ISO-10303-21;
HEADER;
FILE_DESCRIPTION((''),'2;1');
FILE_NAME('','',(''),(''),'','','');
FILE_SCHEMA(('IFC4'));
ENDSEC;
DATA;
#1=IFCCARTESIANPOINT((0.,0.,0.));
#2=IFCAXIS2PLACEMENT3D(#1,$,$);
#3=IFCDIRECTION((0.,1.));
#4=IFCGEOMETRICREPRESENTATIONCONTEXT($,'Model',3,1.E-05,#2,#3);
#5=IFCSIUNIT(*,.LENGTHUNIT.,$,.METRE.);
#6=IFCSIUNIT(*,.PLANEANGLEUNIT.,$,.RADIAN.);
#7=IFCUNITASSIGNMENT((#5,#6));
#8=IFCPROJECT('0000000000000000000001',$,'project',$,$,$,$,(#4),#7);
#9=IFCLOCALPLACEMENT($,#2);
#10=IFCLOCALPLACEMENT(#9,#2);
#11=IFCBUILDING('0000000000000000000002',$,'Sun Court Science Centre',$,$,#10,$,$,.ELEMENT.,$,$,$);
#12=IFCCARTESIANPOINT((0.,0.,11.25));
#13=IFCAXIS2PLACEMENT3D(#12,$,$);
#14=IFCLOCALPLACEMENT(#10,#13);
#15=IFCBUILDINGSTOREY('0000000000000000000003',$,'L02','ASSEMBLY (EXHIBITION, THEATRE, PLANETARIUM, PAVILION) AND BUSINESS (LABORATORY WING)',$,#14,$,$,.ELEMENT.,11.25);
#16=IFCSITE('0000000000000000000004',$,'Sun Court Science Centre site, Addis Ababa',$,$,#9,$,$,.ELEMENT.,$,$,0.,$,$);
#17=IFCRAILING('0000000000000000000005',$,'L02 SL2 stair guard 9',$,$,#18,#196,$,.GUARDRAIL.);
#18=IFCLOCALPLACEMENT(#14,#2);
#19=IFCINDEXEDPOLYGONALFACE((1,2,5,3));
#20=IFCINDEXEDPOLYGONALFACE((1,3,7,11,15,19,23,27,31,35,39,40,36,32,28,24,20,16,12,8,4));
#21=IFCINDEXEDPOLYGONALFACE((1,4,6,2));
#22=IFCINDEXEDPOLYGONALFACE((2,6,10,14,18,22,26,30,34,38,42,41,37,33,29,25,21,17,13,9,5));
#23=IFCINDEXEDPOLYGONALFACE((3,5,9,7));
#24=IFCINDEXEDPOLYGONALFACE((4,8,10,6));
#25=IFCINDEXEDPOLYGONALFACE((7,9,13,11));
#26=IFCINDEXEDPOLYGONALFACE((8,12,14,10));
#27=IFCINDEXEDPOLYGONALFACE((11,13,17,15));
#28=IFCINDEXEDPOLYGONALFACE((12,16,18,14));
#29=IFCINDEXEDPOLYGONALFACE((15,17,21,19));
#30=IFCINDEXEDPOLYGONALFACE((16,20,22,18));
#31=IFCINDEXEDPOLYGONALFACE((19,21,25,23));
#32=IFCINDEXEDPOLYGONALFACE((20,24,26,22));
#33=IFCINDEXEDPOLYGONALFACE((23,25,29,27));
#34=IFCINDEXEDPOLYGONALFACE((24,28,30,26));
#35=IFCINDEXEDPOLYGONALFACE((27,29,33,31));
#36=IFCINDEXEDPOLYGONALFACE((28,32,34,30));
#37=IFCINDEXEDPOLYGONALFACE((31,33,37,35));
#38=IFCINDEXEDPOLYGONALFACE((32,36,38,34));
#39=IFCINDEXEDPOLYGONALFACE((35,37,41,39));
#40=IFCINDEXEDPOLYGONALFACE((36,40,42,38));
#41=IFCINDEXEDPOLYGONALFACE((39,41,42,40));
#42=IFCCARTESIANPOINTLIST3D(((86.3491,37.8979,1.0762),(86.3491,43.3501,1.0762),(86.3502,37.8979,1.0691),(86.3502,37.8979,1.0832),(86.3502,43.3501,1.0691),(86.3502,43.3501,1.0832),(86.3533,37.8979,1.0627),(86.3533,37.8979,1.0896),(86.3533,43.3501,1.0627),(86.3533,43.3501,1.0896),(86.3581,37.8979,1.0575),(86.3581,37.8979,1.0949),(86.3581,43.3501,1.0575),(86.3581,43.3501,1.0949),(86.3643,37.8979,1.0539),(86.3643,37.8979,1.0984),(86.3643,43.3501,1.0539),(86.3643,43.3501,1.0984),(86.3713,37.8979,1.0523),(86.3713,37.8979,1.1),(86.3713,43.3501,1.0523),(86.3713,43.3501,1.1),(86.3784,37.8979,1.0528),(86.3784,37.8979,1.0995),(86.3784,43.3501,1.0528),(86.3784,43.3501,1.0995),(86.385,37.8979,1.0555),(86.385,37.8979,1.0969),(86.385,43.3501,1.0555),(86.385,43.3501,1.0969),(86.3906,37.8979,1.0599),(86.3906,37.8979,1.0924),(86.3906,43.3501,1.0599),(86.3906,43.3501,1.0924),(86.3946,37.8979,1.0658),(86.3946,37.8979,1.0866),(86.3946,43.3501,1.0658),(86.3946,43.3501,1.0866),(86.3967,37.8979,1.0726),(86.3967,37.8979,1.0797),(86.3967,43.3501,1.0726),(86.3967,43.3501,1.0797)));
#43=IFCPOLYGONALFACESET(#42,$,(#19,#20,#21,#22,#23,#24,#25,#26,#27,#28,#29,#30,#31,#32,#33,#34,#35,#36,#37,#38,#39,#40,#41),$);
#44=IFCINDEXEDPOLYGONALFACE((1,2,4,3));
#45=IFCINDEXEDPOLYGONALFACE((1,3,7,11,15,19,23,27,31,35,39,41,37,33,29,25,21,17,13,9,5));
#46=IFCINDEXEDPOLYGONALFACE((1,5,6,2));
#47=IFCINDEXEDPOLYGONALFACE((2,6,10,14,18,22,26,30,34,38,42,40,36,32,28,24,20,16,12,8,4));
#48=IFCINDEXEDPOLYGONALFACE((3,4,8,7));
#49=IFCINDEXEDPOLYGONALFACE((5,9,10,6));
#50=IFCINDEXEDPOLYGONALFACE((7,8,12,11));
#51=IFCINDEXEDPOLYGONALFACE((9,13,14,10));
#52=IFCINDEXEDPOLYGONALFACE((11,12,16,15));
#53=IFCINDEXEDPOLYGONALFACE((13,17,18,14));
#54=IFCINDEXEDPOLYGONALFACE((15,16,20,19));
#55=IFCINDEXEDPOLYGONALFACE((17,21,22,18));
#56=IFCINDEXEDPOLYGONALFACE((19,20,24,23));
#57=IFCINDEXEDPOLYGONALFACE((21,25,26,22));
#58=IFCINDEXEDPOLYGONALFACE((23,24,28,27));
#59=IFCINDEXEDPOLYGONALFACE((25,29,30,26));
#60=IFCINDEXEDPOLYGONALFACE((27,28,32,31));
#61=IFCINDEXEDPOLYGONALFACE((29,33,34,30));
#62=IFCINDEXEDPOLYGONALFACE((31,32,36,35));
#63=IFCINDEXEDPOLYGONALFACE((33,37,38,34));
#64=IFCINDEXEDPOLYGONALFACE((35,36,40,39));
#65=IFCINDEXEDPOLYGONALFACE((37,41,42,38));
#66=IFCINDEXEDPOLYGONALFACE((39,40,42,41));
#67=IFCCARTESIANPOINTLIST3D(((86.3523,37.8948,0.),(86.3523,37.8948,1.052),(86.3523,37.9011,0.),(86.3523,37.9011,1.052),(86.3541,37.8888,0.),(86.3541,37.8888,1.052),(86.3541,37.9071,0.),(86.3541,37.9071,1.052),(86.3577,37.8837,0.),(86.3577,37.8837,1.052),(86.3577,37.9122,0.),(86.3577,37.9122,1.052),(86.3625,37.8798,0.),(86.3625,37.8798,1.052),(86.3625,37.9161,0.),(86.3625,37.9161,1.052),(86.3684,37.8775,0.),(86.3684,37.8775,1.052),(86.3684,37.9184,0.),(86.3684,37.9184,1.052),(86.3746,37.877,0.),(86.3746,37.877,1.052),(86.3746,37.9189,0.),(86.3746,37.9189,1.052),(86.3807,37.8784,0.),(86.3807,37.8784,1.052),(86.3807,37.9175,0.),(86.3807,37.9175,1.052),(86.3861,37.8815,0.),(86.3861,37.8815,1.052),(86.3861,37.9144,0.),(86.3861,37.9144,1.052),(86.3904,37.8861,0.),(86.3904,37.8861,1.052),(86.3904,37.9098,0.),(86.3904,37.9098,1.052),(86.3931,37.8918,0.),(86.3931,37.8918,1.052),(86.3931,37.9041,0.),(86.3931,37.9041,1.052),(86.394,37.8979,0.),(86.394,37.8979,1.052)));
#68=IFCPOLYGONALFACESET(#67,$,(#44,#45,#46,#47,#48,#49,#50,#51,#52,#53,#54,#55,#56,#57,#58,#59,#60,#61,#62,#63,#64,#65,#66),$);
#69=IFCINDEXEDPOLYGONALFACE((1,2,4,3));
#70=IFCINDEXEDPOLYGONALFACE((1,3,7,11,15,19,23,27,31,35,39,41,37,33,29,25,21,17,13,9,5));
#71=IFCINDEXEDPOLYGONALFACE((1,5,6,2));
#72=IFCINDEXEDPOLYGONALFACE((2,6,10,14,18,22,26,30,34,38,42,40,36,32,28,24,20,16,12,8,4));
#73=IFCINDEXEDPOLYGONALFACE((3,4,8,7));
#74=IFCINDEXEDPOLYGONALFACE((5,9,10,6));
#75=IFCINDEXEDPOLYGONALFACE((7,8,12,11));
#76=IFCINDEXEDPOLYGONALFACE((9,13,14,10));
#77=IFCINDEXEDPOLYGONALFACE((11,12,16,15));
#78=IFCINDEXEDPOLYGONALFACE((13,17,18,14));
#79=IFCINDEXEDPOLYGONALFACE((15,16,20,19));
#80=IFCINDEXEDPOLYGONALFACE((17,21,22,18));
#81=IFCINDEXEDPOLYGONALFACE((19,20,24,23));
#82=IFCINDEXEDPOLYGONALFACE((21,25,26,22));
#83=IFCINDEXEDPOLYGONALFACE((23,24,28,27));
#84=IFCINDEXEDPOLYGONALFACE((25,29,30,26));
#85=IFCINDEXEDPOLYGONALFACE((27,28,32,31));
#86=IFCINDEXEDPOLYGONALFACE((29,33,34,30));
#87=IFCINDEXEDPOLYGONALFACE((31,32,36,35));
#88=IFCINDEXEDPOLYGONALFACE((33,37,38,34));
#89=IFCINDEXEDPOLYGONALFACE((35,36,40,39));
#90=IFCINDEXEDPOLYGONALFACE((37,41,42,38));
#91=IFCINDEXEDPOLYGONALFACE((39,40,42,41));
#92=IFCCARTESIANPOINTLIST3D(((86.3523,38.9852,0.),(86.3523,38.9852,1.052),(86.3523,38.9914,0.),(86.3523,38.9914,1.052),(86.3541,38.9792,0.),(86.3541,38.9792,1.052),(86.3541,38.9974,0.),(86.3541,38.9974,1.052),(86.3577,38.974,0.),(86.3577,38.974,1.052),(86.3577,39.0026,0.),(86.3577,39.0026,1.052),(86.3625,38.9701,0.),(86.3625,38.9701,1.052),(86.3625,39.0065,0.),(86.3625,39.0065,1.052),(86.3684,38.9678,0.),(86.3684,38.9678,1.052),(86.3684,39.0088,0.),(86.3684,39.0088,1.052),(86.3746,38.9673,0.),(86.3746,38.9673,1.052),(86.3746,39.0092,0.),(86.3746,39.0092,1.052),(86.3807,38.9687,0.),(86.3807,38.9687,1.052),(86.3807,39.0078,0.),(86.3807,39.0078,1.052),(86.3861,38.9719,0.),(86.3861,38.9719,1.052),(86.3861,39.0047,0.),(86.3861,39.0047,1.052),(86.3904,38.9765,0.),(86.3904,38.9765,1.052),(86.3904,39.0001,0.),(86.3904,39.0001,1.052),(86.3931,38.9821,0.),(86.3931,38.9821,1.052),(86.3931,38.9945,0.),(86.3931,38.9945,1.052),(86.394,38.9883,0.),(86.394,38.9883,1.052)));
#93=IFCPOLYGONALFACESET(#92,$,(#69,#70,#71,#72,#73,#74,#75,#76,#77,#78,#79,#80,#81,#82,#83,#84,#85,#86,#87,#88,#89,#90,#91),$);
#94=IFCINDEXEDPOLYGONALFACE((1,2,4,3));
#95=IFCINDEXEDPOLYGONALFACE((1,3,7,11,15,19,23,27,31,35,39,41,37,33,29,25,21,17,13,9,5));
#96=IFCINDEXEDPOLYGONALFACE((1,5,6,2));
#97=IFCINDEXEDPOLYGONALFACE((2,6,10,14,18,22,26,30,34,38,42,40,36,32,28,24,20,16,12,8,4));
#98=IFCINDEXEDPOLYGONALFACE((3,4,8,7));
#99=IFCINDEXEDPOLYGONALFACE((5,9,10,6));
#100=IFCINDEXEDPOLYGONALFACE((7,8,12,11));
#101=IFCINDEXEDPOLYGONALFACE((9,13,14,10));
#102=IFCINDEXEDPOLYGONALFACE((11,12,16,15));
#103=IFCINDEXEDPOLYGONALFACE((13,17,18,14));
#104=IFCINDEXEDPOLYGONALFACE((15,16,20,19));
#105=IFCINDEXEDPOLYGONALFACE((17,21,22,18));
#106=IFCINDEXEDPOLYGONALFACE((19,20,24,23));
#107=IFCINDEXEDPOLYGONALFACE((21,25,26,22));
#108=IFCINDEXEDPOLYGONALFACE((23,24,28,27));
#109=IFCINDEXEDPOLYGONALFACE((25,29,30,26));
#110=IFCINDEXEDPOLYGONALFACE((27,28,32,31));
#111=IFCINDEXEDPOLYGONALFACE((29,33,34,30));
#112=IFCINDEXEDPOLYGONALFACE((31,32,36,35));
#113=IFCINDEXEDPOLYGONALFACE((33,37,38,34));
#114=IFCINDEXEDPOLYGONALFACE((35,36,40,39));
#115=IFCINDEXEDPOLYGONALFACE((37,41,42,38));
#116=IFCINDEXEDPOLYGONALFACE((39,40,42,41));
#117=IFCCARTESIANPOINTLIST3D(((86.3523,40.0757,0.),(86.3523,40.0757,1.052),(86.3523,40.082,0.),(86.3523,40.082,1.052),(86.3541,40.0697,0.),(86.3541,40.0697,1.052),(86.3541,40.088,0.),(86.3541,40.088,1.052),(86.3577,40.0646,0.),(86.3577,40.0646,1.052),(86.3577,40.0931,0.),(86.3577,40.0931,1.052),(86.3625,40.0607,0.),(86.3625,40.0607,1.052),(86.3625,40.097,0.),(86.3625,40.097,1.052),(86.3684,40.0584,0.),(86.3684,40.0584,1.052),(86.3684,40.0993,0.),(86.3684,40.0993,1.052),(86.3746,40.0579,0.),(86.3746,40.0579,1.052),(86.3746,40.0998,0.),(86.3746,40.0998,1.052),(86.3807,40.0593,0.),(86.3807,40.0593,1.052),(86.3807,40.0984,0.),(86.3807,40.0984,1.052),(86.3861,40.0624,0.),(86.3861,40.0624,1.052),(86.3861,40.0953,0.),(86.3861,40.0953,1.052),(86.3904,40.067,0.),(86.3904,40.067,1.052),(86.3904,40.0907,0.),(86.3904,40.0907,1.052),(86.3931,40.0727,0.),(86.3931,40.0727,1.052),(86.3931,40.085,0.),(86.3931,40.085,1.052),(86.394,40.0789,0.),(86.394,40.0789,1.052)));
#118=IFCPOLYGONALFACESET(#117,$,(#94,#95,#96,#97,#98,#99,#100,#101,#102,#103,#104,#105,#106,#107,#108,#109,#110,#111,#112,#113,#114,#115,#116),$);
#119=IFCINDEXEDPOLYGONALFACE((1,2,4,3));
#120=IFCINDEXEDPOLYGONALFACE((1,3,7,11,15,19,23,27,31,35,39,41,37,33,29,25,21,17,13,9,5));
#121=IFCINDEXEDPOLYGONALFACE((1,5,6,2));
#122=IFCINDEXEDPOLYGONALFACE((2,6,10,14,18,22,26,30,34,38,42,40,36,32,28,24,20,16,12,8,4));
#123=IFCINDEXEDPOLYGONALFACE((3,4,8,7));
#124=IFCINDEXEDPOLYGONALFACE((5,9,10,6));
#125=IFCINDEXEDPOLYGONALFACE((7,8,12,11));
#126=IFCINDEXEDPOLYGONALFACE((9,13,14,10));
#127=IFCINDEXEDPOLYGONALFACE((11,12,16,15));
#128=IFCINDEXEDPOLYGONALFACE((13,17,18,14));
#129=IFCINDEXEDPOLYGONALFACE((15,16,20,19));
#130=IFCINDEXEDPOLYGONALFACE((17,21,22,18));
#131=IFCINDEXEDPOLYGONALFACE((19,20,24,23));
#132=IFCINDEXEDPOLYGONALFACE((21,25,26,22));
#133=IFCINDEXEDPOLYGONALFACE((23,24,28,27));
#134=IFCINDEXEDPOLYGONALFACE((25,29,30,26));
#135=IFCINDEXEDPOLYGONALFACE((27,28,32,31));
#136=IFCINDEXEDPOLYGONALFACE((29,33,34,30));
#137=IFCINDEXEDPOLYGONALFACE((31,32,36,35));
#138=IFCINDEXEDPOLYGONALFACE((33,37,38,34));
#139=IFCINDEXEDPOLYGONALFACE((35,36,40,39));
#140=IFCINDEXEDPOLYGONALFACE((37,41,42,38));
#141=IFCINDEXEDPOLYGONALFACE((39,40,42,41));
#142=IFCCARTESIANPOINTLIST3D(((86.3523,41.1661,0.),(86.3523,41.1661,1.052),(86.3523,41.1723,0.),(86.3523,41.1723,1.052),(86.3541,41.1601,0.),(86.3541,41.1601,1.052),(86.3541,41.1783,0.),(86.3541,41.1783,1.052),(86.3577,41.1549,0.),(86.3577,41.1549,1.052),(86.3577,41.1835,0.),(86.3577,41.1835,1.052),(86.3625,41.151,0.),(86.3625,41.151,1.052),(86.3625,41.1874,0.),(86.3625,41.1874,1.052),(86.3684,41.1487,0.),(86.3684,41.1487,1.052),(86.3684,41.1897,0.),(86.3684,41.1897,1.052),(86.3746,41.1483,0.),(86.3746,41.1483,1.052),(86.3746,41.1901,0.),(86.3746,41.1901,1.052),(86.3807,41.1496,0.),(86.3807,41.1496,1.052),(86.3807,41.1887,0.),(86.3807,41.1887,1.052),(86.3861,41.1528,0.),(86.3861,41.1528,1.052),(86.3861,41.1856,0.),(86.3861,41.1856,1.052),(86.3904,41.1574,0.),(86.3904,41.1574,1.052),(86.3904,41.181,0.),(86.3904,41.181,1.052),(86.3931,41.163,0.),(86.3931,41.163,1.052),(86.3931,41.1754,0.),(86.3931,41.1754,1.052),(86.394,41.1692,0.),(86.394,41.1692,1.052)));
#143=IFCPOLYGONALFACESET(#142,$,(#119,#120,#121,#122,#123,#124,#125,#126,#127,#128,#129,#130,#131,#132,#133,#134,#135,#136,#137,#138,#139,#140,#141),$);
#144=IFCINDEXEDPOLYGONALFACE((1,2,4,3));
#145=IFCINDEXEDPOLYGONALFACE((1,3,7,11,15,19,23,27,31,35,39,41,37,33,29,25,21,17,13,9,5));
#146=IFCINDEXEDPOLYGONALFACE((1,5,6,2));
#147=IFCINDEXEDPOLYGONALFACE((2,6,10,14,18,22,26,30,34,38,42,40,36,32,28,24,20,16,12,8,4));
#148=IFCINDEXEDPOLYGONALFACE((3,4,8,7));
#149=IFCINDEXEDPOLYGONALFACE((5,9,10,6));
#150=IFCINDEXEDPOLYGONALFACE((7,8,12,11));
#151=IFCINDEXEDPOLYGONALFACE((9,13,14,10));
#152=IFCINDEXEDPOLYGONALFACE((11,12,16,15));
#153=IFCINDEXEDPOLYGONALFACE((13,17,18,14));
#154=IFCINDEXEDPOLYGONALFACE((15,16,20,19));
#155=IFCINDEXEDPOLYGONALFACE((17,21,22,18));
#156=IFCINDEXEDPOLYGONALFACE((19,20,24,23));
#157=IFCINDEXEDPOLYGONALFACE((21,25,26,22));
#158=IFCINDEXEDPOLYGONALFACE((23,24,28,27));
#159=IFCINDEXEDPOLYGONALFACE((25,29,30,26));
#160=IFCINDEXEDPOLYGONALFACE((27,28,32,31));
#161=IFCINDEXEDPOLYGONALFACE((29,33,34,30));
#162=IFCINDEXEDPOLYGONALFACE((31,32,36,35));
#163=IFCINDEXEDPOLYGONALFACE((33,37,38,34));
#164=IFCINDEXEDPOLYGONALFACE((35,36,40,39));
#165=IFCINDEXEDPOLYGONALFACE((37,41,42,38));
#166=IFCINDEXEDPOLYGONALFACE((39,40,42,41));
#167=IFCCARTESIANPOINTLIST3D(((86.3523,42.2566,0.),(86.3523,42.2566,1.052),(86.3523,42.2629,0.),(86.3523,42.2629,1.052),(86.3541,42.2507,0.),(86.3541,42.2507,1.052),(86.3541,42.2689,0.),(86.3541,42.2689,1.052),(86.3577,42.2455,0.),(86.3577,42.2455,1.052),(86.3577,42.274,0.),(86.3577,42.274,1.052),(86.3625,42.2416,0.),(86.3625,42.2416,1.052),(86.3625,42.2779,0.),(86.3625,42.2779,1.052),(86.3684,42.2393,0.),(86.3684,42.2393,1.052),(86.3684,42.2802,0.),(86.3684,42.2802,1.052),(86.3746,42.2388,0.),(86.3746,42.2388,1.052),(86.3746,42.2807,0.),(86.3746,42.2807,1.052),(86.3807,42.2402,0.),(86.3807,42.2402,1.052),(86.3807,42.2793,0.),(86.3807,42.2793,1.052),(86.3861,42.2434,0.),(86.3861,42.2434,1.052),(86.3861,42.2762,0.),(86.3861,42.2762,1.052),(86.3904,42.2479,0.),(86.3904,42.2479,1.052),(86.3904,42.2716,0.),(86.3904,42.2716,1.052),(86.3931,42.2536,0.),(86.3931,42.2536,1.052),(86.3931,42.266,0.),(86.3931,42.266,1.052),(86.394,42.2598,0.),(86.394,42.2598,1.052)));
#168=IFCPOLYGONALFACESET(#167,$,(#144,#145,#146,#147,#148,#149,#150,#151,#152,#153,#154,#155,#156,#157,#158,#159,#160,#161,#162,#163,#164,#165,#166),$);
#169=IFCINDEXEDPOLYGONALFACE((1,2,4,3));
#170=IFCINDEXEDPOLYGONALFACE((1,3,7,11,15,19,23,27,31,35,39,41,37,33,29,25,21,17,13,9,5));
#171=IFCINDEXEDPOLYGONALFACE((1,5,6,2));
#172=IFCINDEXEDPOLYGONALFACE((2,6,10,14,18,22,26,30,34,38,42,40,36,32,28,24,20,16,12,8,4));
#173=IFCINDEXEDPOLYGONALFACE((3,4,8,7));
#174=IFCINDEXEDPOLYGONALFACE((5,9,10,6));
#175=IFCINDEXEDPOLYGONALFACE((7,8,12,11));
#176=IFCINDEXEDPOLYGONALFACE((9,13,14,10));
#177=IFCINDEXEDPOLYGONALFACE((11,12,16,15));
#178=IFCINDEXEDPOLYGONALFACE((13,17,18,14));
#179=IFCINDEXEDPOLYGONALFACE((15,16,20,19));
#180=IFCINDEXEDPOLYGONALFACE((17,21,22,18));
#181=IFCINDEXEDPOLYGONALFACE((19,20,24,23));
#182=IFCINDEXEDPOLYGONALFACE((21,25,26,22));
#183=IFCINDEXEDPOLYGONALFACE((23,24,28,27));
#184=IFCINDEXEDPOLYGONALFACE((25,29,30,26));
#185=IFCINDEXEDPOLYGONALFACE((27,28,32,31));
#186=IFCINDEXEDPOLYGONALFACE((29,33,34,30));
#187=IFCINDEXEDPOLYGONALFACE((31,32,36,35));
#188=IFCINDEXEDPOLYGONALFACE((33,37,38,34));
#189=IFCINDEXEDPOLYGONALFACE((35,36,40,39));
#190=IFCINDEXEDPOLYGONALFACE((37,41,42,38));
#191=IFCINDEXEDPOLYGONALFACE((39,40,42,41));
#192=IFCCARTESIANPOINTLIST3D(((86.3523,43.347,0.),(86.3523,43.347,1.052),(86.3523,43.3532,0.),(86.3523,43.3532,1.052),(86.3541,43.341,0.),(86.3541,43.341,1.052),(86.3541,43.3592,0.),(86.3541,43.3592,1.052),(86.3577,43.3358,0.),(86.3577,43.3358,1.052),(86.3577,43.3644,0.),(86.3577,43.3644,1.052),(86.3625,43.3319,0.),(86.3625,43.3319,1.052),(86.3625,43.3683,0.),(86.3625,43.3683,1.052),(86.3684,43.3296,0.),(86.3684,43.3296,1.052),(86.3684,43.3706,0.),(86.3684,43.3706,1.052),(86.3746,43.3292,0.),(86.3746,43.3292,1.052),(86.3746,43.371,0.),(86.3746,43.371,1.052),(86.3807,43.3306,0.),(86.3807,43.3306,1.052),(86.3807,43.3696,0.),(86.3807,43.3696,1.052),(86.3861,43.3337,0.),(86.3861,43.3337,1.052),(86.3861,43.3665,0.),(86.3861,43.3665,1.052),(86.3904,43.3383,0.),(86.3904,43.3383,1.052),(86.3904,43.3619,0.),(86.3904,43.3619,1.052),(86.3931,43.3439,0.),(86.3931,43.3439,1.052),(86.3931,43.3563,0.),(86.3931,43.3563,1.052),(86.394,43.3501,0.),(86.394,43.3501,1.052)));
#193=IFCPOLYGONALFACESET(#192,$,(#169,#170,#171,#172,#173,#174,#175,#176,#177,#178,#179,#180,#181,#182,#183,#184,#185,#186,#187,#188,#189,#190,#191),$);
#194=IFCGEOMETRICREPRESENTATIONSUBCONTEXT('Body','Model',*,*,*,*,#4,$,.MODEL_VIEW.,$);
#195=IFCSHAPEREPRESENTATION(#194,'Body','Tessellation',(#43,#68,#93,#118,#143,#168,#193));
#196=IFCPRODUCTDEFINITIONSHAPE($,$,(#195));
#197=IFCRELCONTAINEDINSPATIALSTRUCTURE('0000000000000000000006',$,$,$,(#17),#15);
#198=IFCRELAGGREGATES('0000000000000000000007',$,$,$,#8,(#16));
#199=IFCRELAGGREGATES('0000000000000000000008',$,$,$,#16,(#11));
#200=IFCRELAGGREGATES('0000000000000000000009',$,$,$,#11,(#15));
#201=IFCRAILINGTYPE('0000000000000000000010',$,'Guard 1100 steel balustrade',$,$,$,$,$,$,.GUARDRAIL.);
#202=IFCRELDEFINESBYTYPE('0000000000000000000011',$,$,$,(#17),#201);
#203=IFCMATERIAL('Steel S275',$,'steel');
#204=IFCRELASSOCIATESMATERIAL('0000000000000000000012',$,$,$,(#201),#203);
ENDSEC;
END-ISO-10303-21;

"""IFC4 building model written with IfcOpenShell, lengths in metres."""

from ifc_helpers import new_model, si_unit, direction, frame, origin, origin_2d, place, context, subcontext, project, spatial, circle, extrude, material, type_object, element, save


model = new_model("IFC4")

# Units and contexts
model_context = context("Model", 3, precision=1e-05, world=origin(), true_north=direction((0.0, 1.0)))
body_context = subcontext(model_context, "Body", "Model", "MODEL_VIEW")
ifc_project = project(units=[si_unit("LENGTHUNIT", "METRE"), si_unit("PLANEANGLEUNIT", "RADIAN")], contexts=[model_context])

# Site, building, storey
site_placement = place(None, origin())
site = spatial("IfcSite", under=ifc_project, at=site_placement, Name="Sun Court Science Centre site, Addis Ababa", CompositionType="ELEMENT", RefElevation=0.0)
building_placement = place(site_placement, origin())
building = spatial("IfcBuilding", under=site, at=building_placement, Name="Sun Court Science Centre", CompositionType="ELEMENT")
storey_placement = place(building_placement, frame((0.0, 0.0, 11.25)))
storey = spatial("IfcBuildingStorey", under=building, at=storey_placement, Name="L02", Description="ASSEMBLY (EXHIBITION, THEATRE, PLANETARIUM, PAVILION) AND BUSINESS (LABORATORY WING)", CompositionType="ELEMENT", Elevation=11.25)

# Railing
ifc_material_1 = material(Name="Steel S275", Category="steel")
railing_type = type_object("IfcRailingType", Name="Guard 1100 steel balustrade", PredefinedType="GUARDRAIL", material=ifc_material_1)
railing_placement = place(storey_placement, frame((86.373, 37.8979, 0.0)))
element("IfcRailing", 1, at=railing_placement, inside=storey, type_object=railing_type, Name="L02 SL2 stair guard 9", PredefinedType="GUARDRAIL", context=body_context, shape_type="SweptSolid", body=[
    extrude(circle(Radius=0.0239, at=origin_2d()), frame((0.0, 0.0, 1.0762), z_axis=(0.0, 1.0, 0.0), x_axis=(-1.0, 0.0, 0.0)), (0.0, 0.0, 1.0), 5.4521),
    extrude(circle(Radius=0.021, at=origin_2d()), origin(), (0.0, 0.0, 1.0), 1.052),
    extrude(circle(Radius=0.021, at=origin_2d()), frame((0.0, 1.0903, 0.0)), (0.0, 0.0, 1.0), 1.052),
    extrude(circle(Radius=0.021, at=origin_2d()), frame((0.0, 2.1809, 0.0)), (0.0, 0.0, 1.0), 1.052),
    extrude(circle(Radius=0.021, at=origin_2d()), frame((0.0, 3.2712, 0.0)), (0.0, 0.0, 1.0), 1.052),
    extrude(circle(Radius=0.021, at=origin_2d()), frame((0.0, 4.3618, 0.0)), (0.0, 0.0, 1.0), 1.052),
    extrude(circle(Radius=0.021, at=origin_2d()), frame((0.0, 5.4521, 0.0)), (0.0, 0.0, 1.0), 1.052),
])

save(model, "model.ifc")
